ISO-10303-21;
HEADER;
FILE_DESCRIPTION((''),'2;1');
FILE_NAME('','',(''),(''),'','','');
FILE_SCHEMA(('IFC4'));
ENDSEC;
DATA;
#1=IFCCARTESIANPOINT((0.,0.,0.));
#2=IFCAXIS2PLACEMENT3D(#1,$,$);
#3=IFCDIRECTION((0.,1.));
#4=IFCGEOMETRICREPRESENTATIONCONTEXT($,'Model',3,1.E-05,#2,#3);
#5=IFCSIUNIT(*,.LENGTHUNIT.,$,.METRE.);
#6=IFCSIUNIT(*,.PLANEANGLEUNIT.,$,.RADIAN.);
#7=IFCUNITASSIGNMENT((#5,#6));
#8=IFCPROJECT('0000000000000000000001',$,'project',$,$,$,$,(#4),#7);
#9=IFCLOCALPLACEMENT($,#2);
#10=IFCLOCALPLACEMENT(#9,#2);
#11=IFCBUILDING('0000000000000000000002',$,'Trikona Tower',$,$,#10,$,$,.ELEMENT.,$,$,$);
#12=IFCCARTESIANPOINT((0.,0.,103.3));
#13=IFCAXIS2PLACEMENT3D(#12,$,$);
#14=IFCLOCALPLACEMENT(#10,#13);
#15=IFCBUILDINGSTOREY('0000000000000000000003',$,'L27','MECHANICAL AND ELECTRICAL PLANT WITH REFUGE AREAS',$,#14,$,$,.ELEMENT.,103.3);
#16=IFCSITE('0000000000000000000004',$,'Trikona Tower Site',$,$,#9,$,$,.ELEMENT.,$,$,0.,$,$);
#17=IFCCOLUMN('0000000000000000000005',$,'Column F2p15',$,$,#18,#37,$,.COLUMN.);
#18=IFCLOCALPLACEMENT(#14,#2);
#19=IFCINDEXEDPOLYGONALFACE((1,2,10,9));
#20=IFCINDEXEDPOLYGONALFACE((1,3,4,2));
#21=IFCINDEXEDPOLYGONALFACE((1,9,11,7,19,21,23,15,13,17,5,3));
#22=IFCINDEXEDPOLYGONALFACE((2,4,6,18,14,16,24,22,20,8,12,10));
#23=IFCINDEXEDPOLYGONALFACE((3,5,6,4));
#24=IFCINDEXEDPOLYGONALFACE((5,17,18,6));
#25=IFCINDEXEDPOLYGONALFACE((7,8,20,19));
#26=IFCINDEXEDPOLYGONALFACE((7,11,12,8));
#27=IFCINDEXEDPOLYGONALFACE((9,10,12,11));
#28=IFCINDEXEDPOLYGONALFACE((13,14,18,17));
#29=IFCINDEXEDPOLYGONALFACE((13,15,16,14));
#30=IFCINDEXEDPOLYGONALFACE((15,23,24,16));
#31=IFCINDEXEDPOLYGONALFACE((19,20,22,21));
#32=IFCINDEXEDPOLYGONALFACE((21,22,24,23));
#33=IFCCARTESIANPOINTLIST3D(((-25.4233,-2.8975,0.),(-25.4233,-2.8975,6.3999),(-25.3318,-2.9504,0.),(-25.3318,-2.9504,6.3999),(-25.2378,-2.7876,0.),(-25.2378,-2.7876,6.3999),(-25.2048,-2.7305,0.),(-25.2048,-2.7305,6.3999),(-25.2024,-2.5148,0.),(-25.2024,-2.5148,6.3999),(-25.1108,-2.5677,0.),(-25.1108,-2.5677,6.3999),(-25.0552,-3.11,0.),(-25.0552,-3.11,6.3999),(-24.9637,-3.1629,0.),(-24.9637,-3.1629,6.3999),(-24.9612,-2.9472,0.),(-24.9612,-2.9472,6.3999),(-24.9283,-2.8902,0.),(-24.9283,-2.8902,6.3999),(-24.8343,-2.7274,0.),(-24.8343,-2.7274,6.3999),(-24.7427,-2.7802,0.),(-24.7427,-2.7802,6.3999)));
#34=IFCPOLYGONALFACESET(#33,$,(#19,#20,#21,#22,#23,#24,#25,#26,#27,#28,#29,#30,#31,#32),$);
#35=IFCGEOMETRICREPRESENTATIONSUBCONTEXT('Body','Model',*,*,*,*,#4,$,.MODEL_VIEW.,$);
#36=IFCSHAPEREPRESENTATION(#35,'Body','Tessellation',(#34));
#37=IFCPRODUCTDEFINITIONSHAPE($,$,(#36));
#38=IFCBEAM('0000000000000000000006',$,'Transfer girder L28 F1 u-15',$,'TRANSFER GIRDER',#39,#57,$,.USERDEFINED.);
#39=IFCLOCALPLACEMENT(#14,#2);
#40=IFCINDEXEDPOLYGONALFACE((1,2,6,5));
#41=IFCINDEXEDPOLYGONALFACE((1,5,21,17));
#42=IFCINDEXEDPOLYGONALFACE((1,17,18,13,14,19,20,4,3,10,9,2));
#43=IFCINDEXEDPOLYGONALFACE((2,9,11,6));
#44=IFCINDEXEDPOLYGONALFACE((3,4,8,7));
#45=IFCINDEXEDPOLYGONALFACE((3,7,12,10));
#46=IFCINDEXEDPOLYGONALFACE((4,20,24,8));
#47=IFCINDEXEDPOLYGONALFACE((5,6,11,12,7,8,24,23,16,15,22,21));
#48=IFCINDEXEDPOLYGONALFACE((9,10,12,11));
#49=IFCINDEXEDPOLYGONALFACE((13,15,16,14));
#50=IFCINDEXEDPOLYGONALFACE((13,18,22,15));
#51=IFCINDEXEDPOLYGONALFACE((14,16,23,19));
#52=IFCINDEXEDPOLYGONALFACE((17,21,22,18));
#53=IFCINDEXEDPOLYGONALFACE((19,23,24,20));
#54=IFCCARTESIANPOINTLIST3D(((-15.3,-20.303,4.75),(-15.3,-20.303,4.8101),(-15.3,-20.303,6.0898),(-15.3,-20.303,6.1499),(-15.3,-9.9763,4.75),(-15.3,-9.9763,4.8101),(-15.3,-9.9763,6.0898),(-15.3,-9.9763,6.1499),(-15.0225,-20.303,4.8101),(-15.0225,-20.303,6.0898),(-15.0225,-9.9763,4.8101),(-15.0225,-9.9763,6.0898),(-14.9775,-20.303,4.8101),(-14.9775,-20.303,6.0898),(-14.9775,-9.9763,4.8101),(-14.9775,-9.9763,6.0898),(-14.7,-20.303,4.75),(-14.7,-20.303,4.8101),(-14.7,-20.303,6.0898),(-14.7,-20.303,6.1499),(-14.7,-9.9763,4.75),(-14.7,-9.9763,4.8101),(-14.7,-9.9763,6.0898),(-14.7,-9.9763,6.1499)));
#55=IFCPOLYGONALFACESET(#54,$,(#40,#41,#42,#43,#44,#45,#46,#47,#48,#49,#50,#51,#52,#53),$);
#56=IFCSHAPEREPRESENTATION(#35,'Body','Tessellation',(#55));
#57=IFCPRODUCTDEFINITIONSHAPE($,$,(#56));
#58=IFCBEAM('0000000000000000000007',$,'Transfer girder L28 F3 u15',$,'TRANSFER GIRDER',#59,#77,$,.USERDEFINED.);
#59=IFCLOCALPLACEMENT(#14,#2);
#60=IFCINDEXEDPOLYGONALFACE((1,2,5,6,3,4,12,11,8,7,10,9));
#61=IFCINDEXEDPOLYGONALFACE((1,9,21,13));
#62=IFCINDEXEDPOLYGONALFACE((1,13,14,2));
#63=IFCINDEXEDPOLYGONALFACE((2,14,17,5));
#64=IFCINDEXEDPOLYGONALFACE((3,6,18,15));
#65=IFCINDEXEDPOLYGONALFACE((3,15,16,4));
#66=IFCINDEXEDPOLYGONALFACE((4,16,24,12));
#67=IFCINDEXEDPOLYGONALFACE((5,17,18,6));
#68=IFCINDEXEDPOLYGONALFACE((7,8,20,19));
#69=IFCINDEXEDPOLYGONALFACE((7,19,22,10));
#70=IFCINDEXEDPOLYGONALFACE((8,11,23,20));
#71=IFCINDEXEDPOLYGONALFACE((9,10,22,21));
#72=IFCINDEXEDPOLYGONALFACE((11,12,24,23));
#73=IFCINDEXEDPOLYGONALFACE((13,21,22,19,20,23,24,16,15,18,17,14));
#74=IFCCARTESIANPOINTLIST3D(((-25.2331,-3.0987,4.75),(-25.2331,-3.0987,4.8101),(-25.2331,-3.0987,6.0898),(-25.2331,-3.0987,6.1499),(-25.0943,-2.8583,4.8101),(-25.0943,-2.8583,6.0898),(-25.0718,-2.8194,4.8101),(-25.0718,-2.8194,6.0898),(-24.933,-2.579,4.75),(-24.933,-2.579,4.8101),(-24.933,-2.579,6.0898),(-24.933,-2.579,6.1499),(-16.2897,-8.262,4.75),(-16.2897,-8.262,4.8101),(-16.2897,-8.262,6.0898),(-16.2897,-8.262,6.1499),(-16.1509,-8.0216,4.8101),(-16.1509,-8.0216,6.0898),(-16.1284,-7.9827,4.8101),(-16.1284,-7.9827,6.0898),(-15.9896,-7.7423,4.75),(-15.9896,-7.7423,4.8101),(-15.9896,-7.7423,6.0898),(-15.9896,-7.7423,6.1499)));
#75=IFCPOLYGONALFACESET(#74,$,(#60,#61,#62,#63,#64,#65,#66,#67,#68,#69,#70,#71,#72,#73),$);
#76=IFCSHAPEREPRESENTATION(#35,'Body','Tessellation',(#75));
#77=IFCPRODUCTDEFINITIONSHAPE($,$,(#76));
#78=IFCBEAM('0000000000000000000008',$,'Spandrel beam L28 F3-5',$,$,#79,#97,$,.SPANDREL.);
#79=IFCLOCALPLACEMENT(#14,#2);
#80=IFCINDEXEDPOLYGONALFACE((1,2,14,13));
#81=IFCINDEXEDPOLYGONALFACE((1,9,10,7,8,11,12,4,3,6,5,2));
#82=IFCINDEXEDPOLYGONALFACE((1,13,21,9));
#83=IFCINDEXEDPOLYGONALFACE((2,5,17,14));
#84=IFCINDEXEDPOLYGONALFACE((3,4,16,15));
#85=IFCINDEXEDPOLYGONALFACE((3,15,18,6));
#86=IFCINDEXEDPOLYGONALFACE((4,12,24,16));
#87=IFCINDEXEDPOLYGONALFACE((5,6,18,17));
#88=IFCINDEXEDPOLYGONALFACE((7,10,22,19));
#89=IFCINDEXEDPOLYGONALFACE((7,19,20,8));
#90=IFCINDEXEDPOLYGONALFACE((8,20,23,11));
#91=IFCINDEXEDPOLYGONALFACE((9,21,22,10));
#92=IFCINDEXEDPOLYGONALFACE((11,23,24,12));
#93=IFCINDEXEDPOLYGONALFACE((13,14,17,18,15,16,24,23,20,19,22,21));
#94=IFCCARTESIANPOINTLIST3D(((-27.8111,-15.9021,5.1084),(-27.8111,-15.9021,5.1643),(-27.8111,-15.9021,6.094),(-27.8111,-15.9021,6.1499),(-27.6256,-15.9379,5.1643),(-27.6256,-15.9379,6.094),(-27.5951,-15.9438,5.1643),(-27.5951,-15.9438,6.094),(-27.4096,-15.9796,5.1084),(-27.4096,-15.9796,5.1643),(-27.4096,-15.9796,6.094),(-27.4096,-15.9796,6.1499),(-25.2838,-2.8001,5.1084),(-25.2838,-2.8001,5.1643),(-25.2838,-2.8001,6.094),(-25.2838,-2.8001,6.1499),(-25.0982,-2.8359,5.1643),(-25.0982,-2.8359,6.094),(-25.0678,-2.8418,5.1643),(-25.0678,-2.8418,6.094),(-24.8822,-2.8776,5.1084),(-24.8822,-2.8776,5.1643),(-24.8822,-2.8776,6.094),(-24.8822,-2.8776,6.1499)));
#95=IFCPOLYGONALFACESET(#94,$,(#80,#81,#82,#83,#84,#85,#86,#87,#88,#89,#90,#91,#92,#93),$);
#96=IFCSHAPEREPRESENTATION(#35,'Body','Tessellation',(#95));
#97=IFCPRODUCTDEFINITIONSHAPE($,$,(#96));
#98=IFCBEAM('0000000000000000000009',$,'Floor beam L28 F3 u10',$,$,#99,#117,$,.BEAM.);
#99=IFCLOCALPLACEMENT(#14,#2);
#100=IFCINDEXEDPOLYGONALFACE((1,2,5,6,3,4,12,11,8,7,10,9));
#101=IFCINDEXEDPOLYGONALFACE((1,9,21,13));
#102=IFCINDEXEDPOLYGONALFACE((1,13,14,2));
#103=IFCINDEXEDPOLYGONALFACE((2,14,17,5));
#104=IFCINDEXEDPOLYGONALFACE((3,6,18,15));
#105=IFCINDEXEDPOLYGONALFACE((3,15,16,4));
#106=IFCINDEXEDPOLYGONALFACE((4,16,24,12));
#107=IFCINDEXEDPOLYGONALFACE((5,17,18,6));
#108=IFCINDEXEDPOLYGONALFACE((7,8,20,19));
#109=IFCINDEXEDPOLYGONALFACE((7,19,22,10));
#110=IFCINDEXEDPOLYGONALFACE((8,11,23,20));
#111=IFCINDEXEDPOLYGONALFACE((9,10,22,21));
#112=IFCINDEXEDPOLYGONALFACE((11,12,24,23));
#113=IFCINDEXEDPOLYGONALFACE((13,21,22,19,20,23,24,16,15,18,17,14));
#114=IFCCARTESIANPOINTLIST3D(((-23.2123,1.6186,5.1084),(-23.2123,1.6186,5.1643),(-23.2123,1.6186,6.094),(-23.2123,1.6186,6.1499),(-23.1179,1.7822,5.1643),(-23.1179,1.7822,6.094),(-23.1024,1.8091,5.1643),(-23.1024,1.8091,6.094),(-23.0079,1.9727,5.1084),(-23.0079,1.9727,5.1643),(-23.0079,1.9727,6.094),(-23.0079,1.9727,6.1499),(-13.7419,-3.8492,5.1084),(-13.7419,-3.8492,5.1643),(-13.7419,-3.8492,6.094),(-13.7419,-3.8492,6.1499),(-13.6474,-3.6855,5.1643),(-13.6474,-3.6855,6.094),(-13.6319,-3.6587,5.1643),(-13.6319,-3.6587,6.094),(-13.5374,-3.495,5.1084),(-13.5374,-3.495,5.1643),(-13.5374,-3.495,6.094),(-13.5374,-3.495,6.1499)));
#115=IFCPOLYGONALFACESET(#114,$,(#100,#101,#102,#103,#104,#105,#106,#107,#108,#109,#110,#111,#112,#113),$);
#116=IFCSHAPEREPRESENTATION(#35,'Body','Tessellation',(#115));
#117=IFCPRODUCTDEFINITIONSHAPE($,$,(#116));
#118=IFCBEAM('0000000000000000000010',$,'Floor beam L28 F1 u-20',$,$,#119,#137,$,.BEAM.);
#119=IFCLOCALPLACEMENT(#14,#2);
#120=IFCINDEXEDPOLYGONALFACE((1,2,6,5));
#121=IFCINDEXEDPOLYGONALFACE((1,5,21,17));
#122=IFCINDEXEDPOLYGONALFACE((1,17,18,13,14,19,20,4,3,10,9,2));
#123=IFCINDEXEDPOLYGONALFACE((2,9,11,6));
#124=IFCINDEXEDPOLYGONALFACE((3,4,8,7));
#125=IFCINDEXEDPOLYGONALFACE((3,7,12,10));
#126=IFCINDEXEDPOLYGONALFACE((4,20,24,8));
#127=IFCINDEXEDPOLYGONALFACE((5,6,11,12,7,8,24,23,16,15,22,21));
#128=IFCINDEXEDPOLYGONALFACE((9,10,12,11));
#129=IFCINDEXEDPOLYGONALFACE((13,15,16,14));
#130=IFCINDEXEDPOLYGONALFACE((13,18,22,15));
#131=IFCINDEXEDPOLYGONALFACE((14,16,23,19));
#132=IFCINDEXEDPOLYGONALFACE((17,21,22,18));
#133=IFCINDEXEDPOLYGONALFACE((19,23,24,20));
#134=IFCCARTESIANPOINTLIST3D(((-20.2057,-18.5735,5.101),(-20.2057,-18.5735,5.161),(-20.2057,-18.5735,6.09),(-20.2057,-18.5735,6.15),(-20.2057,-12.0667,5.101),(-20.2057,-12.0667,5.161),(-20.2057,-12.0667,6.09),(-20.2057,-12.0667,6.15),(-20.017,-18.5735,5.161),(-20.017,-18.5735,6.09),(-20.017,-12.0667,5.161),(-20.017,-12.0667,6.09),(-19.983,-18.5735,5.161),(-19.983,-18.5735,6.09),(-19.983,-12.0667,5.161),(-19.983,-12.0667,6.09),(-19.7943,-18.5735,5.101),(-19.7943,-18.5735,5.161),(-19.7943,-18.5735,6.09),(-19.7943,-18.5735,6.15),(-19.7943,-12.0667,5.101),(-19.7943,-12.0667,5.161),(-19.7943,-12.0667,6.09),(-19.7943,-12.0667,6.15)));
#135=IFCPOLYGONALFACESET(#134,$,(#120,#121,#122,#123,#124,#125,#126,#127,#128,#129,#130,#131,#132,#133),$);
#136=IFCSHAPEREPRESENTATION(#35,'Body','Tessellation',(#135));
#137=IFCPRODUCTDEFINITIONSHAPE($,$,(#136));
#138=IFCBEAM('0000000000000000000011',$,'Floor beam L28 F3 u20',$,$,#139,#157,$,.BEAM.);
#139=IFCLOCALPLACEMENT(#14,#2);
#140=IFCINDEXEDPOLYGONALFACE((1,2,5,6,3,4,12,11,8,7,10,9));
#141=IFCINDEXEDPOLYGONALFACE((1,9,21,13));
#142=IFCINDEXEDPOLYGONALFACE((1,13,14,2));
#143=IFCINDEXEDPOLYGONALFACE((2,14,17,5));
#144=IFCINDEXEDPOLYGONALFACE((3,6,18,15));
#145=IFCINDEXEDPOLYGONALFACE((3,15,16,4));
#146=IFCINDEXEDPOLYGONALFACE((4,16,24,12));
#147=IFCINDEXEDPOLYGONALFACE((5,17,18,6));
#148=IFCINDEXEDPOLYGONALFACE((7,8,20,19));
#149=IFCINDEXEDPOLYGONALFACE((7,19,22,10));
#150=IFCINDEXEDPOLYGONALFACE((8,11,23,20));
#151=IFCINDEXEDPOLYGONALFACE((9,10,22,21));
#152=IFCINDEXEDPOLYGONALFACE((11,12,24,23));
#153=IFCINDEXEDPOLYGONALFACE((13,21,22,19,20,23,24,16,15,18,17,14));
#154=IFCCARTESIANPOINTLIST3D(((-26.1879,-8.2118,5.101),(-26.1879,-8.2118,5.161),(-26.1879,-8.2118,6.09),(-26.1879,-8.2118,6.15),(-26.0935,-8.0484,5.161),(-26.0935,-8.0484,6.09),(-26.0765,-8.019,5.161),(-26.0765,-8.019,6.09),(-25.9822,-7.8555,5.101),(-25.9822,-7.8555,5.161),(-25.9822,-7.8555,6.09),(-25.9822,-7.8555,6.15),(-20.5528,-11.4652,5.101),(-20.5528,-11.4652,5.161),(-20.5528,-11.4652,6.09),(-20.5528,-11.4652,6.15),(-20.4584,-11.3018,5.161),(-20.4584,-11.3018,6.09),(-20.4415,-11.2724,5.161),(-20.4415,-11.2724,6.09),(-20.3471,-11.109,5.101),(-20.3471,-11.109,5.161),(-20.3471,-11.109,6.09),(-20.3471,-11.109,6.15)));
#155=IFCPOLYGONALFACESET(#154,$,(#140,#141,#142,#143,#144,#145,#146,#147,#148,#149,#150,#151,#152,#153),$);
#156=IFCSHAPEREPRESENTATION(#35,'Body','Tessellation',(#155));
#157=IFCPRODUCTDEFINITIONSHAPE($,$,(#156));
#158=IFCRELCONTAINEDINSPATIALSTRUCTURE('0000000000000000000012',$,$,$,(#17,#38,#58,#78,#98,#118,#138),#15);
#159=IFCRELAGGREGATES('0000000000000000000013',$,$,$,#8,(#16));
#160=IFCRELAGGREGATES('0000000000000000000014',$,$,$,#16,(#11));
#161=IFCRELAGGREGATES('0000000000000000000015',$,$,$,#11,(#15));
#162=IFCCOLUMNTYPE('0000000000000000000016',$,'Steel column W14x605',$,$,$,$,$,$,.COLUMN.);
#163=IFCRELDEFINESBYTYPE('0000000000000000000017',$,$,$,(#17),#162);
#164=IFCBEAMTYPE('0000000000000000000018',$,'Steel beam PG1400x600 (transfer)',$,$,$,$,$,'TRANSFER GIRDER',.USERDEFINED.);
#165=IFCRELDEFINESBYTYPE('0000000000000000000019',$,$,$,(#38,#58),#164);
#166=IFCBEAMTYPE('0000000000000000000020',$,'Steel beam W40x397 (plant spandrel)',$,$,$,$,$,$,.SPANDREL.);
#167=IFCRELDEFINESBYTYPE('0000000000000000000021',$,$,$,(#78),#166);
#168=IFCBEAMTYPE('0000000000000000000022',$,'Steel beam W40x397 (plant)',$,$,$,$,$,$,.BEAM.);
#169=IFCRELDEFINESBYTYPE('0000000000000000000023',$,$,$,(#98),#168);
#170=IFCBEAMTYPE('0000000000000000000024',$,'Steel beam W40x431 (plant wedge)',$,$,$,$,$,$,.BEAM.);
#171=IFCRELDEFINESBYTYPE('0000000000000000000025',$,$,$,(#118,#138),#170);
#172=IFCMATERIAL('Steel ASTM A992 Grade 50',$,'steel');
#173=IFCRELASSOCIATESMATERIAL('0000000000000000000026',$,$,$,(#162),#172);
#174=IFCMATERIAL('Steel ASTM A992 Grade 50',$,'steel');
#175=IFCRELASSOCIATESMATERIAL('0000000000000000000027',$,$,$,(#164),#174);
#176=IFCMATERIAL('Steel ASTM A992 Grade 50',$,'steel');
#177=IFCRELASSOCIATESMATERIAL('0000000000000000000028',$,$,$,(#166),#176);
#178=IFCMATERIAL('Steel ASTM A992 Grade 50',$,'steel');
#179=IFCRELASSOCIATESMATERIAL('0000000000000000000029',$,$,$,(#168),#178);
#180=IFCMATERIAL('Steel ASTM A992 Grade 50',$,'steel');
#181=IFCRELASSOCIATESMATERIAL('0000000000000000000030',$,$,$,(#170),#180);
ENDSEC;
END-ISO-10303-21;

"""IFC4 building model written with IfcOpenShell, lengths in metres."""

from ifc_helpers import new_model, si_unit, direction, frame, origin, origin_2d, place, context, subcontext, project, spatial, i_section, extrude, material, material_profile, profile_set, type_object, element, save


model = new_model("IFC4")

# Units and contexts
model_context = context("Model", 3, precision=1e-05, world=origin(), true_north=direction((0.0, 1.0)))
body_context = subcontext(model_context, "Body", "Model", "MODEL_VIEW")
ifc_project = project(units=[si_unit("LENGTHUNIT", "METRE"), si_unit("PLANEANGLEUNIT", "RADIAN")], contexts=[model_context])

# Site, building, storey
site_placement = place(None, origin())
site = spatial("IfcSite", under=ifc_project, at=site_placement, Name="Trikona Tower Site", CompositionType="ELEMENT", RefElevation=0.0)
building_placement = place(site_placement, origin())
building = spatial("IfcBuilding", under=site, at=building_placement, Name="Trikona Tower", CompositionType="ELEMENT")
storey_placement = place(building_placement, frame((0.0, 0.0, 103.3)))
storey = spatial("IfcBuildingStorey", under=building, at=storey_placement, Name="L27", Description="MECHANICAL AND ELECTRICAL PLANT WITH REFUGE AREAS", CompositionType="ELEMENT", Elevation=103.3)

# Column
ifc_material_1 = material(Name="Steel ASTM A992 Grade 50", Category="steel")
ifc_material_profile_1 = material_profile(ifc_material_1, i_section(OverallWidth=0.4419, OverallDepth=0.5308, WebThickness=0.0659, FlangeThickness=0.1057, at=origin_2d()), Name="W14X605")
ifc_profile_set_1 = profile_set([ifc_material_profile_1], Name="Steel ASTM A992 Grade 50")
column_type = type_object("IfcColumnType", Name="Steel column W14x605", PredefinedType="COLUMN", material=ifc_profile_set_1)
column_placement = place(storey_placement, frame((-25.083, -2.8389, 0.0), z_axis=(0.0, 0.0, 1.0), x_axis=(-0.5, -0.866025, 0.0)))
element("IfcColumn", 1, at=column_placement, inside=storey, type_object=column_type, Name="Column F2p15", PredefinedType="COLUMN", context=body_context, shape_type="SweptSolid", body=[
    extrude(i_section(OverallWidth=0.4419, OverallDepth=0.5308, WebThickness=0.0659, FlangeThickness=0.1057, at=origin_2d()), origin(), (0.0, 0.0, 1.0), 6.3999),
])

# Beams
ifc_material_2 = material(Name="Steel ASTM A992 Grade 50", Category="steel")
ifc_material_profile_2 = material_profile(ifc_material_2, i_section(OverallWidth=0.6001, OverallDepth=1.3999, WebThickness=0.0449, FlangeThickness=0.0601, at=origin_2d()), Name="PG1400X600")
ifc_profile_set_2 = profile_set([ifc_material_profile_2], Name="Steel ASTM A992 Grade 50")
beam_type_1 = type_object("IfcBeamType", Name="Steel beam PG1400x600 (transfer)", ElementType="TRANSFER GIRDER", PredefinedType="USERDEFINED", material=ifc_profile_set_2)
beam_1_placement = place(storey_placement, frame((-15.0, -9.9763, 5.45), z_axis=(0.0, -1.0, 0.0), x_axis=(1.0, 0.0, 0.0)))
element("IfcBeam", 2, at=beam_1_placement, inside=storey, type_object=beam_type_1, Name="Transfer girder L28 F1 u-15", ObjectType="TRANSFER GIRDER", PredefinedType="USERDEFINED", context=body_context, shape_type="SweptSolid", body=[
    extrude(i_section(OverallWidth=0.6001, OverallDepth=1.3999, WebThickness=0.0449, FlangeThickness=0.0601, at=origin_2d()), origin(), (0.0, 0.0, 1.0), 10.3267),
])
beam_2_placement = place(storey_placement, frame((-16.1396, -8.0022, 5.45), z_axis=(-0.86603, 0.499991, 0.0), x_axis=(-0.499991, -0.86603, 0.0)))
element("IfcBeam", 3, at=beam_2_placement, inside=storey, type_object=beam_type_1, Name="Transfer girder L28 F3 u15", ObjectType="TRANSFER GIRDER", PredefinedType="USERDEFINED", context=body_context, shape_type="SweptSolid", body=[
    extrude(i_section(OverallWidth=0.6001, OverallDepth=1.3999, WebThickness=0.0449, FlangeThickness=0.0601, at=origin_2d()), origin(), (0.0, 0.0, 1.0), 10.3269),
])
ifc_material_3 = material(Name="Steel ASTM A992 Grade 50", Category="steel")
ifc_material_profile_3 = material_profile(ifc_material_3, i_section(OverallWidth=0.4089, OverallDepth=1.0415, WebThickness=0.031, FlangeThickness=0.0559, at=origin_2d()), Name="W40X397")
ifc_profile_set_3 = profile_set([ifc_material_profile_3], Name="Steel ASTM A992 Grade 50")
beam_type_2 = type_object("IfcBeamType", Name="Steel beam W40x397 (plant spandrel)", PredefinedType="SPANDREL", material=ifc_profile_set_3)
beam_3_placement = place(storey_placement, frame((-25.083, -2.8389, 5.6292), z_axis=(-0.189405, -0.981899, 0.0), x_axis=(0.981899, -0.189405, 0.0)))
element("IfcBeam", 4, at=beam_3_placement, inside=storey, type_object=beam_type_2, Name="Spandrel beam L28 F3-5", PredefinedType="SPANDREL", context=body_context, shape_type="SweptSolid", body=[
    extrude(i_section(OverallWidth=0.4089, OverallDepth=1.0415, WebThickness=0.031, FlangeThickness=0.0559, at=origin_2d()), origin(), (0.0, 0.0, 1.0), 13.3435),
])
ifc_material_4 = material(Name="Steel ASTM A992 Grade 50", Category="steel")
ifc_material_profile_4 = material_profile(ifc_material_4, i_section(OverallWidth=0.4089, OverallDepth=1.0415, WebThickness=0.031, FlangeThickness=0.0559, at=origin_2d()), Name="W40X397")
ifc_profile_set_4 = profile_set([ifc_material_profile_4], Name="Steel ASTM A992 Grade 50")
beam_type_3 = type_object("IfcBeamType", Name="Steel beam W40x397 (plant)", PredefinedType="BEAM", material=ifc_profile_set_4)
beam_4_placement = place(storey_placement, frame((-13.6396, -3.6721, 5.6292), z_axis=(-0.866025, 0.5, 0.0), x_axis=(-0.5, -0.866025, 0.0)))
element("IfcBeam", 5, at=beam_4_placement, inside=storey, type_object=beam_type_3, Name="Floor beam L28 F3 u10", PredefinedType="BEAM", context=body_context, shape_type="SweptSolid", body=[
    extrude(i_section(OverallWidth=0.4089, OverallDepth=1.0415, WebThickness=0.031, FlangeThickness=0.0559, at=origin_2d()), origin(), (0.0, 0.0, 1.0), 10.9355),
])
ifc_material_5 = material(Name="Steel ASTM A992 Grade 50", Category="steel")
ifc_material_profile_5 = material_profile(ifc_material_5, i_section(OverallWidth=0.4114, OverallDepth=1.0491, WebThickness=0.0339, FlangeThickness=0.0601, at=origin_2d()), Name="W40X431")
ifc_profile_set_5 = profile_set([ifc_material_profile_5], Name="Steel ASTM A992 Grade 50")
beam_type_4 = type_object("IfcBeamType", Name="Steel beam W40x431 (plant wedge)", PredefinedType="BEAM", material=ifc_profile_set_5)
for number, where, z_axis, x_axis, name in (
    (6, (-20.0, -12.0667, 5.6255), (0.0, -1.0, 0.0), (1.0, 0.0, 0.0), "Floor beam L28 F1 u-20"),
    (7, (-20.45, -11.2871, 5.6255), (-0.866023, 0.500005, 0.0), (-0.500005, -0.866023, 0.0), "Floor beam L28 F3 u20"),
):
    element("IfcBeam", number, at=place(storey_placement, frame(where, z_axis=z_axis, x_axis=x_axis)), inside=storey, type_object=beam_type_4, Name=name, PredefinedType="BEAM", context=body_context, shape_type="SweptSolid", body=[
        extrude(i_section(OverallWidth=0.4114, OverallDepth=1.0491, WebThickness=0.0339, FlangeThickness=0.0601, at=origin_2d()), origin(), (0.0, 0.0, 1.0), 6.5068),
    ])

save(model, "model.ifc")
